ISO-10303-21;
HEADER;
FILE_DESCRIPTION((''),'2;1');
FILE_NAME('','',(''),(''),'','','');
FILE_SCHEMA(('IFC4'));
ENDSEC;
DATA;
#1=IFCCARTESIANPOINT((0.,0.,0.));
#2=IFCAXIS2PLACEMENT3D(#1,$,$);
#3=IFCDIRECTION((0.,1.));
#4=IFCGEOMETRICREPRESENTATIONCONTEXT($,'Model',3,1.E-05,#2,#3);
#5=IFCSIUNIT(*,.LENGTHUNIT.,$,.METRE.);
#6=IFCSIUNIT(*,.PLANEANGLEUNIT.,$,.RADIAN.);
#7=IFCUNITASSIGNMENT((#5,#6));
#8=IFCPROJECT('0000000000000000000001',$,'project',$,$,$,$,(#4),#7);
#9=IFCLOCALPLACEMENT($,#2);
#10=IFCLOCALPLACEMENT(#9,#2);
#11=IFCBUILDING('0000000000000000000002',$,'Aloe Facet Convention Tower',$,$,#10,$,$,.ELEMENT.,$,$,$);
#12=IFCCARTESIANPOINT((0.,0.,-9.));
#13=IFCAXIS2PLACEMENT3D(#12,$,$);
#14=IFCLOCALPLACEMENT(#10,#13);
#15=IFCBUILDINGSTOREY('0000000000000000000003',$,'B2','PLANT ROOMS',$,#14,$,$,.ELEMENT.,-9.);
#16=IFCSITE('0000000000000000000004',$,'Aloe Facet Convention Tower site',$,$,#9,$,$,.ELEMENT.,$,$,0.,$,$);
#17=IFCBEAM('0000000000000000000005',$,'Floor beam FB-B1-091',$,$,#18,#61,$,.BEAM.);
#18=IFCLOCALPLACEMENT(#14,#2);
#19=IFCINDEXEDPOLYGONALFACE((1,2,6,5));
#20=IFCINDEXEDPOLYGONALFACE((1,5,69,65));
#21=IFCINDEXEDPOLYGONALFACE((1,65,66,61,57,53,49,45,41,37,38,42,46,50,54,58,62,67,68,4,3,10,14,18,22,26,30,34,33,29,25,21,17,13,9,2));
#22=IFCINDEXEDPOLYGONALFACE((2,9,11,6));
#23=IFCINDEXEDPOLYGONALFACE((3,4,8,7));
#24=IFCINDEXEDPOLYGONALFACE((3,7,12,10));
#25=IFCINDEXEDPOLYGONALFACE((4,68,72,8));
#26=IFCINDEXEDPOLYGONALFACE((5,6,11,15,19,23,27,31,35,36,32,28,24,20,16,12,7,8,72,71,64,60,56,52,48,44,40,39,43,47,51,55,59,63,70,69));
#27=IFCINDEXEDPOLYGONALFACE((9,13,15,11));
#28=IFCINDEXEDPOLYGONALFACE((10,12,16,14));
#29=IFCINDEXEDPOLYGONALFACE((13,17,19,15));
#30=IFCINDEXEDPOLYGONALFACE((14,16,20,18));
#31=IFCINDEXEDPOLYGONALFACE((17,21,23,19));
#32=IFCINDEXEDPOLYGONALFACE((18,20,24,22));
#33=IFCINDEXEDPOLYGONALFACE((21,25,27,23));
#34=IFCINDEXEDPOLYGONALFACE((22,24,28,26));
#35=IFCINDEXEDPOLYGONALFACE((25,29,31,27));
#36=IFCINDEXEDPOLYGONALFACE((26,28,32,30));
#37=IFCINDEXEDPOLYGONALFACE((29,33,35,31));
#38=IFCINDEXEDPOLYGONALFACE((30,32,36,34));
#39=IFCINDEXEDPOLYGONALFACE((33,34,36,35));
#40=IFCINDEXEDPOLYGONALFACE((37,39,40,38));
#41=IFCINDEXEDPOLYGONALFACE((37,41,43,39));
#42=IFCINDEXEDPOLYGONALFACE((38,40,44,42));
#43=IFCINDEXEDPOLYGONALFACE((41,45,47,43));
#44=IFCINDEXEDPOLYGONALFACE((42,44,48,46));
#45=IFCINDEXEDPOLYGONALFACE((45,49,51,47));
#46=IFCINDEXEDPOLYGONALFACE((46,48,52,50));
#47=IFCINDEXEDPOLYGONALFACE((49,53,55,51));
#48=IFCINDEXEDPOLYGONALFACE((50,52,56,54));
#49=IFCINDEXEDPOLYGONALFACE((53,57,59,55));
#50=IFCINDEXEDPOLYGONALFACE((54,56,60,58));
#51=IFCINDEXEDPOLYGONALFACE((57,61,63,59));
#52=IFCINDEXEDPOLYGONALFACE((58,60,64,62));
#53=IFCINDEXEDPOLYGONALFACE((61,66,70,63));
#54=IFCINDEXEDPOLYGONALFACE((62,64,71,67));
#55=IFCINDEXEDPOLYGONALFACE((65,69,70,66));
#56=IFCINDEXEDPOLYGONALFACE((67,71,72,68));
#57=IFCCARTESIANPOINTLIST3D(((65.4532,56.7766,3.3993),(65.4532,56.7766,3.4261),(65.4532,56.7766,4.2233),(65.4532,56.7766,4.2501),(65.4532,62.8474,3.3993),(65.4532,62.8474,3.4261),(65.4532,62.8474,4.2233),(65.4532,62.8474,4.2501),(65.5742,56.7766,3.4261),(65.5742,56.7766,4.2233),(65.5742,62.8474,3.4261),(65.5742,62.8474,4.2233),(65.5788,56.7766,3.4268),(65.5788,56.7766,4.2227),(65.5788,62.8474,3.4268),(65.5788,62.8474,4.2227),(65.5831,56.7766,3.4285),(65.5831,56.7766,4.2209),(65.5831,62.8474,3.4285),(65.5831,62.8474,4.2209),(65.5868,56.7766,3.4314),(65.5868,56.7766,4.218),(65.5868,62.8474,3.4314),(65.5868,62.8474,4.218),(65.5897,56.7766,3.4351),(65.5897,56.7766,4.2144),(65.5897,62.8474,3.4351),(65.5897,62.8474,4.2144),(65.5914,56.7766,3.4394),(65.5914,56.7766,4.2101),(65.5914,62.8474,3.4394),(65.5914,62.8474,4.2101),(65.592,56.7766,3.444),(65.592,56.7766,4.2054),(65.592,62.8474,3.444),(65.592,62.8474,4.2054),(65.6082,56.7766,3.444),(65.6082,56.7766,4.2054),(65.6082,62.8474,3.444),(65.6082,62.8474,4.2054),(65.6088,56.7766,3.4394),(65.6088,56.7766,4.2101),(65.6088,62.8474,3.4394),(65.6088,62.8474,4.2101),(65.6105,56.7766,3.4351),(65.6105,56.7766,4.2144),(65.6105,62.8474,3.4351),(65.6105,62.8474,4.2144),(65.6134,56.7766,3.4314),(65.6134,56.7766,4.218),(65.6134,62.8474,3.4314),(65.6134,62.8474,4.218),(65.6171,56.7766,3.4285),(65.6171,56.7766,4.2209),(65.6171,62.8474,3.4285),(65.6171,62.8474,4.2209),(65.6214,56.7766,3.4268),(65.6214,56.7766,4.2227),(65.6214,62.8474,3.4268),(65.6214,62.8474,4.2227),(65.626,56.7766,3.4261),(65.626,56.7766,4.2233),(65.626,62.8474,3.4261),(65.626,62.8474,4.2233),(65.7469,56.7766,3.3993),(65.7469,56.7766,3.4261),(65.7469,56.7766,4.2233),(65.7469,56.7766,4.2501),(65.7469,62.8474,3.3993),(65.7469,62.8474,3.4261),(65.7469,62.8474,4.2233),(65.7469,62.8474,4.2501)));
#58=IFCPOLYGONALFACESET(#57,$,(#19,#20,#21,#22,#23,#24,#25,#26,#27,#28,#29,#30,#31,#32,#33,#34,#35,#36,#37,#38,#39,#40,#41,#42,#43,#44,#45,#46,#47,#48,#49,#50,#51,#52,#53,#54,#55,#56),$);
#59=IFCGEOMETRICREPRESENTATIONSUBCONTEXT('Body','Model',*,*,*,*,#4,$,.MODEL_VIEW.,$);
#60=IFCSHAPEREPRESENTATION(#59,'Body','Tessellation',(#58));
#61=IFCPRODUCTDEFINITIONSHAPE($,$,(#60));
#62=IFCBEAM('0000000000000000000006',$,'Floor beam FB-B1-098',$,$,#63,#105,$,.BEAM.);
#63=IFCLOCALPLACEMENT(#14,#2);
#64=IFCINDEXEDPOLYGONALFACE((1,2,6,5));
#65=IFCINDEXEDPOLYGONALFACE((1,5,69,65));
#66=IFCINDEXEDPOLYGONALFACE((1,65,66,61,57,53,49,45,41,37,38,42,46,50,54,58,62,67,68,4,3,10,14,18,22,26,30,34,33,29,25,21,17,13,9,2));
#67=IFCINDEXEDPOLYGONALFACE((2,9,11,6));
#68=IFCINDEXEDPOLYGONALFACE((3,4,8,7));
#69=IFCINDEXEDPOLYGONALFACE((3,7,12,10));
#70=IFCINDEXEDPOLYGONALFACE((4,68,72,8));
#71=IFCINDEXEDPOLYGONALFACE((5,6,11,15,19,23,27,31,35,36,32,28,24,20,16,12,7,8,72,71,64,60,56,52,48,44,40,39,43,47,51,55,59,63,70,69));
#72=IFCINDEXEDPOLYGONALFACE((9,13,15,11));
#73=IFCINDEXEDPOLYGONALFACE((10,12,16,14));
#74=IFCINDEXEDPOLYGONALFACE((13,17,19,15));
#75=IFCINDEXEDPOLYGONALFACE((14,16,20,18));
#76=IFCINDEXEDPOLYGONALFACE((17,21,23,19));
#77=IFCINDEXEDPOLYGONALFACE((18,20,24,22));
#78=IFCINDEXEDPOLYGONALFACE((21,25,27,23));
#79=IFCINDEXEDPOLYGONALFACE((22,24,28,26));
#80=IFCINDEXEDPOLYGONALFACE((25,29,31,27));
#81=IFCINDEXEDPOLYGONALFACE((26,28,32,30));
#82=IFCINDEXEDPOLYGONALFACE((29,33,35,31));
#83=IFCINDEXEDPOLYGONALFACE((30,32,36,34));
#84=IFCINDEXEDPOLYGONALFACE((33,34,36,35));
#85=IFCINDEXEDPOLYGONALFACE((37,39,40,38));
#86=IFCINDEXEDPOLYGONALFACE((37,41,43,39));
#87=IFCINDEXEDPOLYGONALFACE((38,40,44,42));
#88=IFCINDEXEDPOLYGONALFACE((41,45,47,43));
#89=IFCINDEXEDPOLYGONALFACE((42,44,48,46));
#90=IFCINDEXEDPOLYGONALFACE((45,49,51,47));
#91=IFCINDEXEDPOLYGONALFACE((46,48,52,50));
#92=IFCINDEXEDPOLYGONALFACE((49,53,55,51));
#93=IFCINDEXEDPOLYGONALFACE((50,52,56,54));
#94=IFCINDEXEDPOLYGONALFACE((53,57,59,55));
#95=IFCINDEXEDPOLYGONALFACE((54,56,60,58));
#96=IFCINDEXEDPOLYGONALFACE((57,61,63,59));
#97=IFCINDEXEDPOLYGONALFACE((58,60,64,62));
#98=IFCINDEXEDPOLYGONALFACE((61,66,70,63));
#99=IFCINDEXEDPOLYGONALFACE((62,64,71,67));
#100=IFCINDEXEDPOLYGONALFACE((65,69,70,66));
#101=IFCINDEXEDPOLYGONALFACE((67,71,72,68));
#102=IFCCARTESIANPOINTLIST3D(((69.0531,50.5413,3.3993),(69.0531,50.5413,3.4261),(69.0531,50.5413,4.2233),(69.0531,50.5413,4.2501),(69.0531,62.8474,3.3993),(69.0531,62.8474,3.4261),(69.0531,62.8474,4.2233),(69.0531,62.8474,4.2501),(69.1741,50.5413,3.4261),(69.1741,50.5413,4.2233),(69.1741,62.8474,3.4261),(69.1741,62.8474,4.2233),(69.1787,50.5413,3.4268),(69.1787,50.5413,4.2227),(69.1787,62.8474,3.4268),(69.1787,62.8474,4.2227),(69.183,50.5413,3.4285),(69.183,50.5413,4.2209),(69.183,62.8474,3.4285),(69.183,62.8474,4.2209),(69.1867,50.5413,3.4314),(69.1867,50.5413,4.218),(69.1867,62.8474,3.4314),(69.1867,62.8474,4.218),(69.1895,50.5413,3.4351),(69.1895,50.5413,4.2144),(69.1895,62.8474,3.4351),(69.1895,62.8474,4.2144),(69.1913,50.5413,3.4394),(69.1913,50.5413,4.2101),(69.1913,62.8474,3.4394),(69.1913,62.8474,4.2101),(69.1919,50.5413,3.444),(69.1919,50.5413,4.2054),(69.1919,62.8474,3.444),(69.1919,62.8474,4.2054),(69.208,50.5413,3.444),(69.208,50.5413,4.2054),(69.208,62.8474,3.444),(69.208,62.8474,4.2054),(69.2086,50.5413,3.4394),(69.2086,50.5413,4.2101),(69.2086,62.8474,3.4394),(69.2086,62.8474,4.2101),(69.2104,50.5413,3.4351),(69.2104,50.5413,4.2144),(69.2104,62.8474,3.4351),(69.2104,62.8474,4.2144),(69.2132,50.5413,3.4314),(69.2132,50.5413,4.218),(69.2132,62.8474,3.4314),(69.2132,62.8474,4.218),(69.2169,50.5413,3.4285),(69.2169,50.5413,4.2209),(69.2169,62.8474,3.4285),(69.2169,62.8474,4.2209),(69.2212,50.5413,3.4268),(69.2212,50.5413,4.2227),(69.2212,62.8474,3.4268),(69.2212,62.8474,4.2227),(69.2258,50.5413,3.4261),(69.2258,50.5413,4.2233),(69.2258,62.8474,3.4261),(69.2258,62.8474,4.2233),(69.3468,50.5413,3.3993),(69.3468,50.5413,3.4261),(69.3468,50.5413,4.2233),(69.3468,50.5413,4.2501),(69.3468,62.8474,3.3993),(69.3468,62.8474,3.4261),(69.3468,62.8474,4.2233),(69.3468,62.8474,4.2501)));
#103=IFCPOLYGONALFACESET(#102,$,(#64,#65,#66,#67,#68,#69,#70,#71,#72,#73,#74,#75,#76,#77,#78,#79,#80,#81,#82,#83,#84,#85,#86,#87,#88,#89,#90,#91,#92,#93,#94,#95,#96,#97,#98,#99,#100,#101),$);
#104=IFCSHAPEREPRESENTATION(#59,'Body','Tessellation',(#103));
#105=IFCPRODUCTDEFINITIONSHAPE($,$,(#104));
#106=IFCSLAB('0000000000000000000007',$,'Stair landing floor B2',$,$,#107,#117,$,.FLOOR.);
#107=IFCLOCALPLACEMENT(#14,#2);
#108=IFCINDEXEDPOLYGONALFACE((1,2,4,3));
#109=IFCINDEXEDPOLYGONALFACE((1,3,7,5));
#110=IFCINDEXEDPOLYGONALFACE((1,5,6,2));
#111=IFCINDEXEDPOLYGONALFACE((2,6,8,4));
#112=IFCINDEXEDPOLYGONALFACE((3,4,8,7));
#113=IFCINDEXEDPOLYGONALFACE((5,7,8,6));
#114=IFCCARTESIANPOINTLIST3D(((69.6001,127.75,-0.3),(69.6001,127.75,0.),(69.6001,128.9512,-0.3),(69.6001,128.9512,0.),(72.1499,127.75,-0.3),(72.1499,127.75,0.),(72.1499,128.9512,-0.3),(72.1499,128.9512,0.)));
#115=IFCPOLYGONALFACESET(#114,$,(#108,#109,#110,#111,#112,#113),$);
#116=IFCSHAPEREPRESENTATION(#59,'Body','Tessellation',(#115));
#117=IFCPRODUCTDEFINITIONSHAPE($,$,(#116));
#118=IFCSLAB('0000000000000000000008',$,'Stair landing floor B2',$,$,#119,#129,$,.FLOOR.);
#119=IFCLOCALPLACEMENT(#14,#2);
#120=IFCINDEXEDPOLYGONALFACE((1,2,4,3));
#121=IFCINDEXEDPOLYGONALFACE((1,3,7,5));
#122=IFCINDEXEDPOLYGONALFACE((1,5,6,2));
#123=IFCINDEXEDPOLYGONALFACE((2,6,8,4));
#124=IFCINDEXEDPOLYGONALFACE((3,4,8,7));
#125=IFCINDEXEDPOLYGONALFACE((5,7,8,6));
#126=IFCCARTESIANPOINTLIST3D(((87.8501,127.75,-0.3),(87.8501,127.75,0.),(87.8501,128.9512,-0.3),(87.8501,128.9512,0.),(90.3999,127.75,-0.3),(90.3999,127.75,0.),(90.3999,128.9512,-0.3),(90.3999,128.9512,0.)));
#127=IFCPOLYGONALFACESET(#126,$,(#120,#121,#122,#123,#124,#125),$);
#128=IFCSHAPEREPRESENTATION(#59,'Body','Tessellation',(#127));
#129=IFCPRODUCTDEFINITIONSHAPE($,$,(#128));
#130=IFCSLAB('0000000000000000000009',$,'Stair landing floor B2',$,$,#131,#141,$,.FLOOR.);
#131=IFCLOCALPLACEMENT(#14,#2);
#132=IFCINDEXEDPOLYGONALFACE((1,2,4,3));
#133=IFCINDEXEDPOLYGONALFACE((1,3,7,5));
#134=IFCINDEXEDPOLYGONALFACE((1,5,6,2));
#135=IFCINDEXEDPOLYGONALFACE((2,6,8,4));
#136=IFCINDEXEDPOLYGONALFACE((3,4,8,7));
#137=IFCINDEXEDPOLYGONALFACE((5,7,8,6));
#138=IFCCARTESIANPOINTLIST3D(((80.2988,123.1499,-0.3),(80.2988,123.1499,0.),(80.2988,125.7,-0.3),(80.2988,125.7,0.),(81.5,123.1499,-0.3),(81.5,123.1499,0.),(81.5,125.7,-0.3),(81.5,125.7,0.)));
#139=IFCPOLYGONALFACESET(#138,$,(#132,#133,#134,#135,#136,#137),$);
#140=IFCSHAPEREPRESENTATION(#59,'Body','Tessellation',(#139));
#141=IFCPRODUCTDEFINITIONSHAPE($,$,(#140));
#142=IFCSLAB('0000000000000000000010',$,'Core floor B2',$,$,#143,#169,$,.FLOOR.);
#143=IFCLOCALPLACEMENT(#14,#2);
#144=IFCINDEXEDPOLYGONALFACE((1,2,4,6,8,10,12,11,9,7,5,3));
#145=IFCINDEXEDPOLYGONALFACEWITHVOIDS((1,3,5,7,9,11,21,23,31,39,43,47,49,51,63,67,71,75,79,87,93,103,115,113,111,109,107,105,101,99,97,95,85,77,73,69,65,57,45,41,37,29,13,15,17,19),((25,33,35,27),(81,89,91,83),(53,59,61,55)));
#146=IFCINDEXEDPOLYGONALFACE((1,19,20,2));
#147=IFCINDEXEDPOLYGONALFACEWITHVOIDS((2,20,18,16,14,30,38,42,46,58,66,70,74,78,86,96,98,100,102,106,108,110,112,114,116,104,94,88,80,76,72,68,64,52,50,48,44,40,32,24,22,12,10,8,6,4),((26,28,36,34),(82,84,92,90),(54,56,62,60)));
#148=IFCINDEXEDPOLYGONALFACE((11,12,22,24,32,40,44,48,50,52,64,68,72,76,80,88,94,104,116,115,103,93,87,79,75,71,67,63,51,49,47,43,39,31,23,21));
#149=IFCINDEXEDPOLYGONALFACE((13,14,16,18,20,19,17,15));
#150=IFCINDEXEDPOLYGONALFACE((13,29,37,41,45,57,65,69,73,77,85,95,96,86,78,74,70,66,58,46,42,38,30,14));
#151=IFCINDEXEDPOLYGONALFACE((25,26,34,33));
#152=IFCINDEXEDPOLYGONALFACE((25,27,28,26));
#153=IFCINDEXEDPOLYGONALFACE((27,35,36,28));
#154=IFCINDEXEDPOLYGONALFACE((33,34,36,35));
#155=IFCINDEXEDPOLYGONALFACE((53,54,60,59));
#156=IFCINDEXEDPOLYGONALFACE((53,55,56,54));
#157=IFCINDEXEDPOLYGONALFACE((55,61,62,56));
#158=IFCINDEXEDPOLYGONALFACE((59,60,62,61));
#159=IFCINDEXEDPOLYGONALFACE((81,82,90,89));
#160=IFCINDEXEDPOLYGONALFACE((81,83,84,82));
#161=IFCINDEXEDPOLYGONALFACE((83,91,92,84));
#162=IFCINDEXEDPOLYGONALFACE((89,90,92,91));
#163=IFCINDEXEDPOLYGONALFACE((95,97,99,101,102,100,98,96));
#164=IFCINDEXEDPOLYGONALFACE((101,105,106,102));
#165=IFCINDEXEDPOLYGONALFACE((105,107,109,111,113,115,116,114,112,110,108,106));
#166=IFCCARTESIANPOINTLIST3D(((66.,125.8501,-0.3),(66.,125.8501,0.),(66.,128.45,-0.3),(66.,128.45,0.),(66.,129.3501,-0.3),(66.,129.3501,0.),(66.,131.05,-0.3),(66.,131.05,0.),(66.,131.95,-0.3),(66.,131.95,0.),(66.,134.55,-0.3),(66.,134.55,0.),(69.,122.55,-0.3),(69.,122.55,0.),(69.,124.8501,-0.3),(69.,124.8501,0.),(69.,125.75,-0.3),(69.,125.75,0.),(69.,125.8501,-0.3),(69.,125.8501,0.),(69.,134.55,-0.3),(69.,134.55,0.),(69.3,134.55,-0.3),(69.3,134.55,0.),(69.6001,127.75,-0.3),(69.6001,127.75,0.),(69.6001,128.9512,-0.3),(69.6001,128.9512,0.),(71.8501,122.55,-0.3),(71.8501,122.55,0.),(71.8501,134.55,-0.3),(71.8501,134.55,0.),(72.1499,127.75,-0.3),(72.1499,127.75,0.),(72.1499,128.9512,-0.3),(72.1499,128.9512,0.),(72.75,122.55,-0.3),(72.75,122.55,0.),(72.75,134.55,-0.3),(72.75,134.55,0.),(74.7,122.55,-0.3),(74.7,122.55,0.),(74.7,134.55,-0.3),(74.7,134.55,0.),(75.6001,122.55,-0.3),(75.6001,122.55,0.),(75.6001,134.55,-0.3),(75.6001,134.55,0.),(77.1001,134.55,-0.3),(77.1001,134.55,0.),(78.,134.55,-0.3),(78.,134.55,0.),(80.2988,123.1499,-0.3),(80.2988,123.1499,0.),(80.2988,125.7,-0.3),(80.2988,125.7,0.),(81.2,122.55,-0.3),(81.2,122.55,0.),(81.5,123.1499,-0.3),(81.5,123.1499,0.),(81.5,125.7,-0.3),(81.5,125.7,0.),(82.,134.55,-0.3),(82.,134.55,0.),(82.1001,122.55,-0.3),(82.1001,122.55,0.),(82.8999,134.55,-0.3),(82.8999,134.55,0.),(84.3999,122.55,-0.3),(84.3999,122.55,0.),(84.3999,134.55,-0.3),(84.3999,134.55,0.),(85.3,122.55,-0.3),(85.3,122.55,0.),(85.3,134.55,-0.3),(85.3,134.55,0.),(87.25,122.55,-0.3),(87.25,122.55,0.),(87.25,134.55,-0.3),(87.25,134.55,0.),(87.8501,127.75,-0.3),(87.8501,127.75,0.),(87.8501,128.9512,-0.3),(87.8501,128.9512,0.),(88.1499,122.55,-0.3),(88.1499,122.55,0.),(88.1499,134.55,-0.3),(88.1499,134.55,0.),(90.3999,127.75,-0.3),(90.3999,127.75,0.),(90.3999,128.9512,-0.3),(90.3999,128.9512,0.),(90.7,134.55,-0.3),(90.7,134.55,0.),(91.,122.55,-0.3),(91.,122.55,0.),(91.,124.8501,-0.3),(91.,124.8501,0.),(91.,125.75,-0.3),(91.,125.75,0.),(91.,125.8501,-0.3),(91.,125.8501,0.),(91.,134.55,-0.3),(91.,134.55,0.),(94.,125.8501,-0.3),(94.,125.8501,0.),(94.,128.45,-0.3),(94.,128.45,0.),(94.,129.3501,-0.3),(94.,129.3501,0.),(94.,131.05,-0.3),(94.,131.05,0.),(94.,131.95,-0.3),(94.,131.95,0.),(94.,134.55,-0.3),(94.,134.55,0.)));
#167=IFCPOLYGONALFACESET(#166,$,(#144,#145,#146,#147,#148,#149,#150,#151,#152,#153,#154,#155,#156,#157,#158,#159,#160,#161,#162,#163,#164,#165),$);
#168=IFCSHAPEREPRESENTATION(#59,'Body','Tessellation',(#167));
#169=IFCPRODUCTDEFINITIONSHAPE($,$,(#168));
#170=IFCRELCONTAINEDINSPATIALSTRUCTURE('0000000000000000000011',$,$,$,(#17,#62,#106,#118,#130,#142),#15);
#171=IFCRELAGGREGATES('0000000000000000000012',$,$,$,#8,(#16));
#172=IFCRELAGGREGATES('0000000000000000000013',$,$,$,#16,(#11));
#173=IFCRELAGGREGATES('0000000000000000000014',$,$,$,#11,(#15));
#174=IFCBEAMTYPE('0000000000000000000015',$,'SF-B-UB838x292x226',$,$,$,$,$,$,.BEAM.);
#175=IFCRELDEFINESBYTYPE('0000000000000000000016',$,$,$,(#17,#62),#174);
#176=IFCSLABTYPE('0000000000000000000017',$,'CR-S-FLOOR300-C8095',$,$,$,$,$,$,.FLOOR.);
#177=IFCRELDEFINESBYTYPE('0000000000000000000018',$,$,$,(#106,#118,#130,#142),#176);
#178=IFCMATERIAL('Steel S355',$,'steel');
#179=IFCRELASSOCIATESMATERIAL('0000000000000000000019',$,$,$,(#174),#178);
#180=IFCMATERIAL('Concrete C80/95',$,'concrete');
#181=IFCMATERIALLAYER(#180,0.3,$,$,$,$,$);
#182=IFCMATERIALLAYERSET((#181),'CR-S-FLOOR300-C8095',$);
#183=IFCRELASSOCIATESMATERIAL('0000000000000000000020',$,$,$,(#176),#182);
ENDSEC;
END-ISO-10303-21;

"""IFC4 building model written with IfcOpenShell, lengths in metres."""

from ifc_helpers import new_model, si_unit, direction, frame, origin, origin_2d, place, context, subcontext, project, spatial, polyline, i_section, outline, extrude, material, layer, layer_set, material_profile, profile_set, type_object, element, save


model = new_model("IFC4")

# Units and contexts
model_context = context("Model", 3, precision=1e-05, world=origin(), true_north=direction((0.0, 1.0)))
body_context = subcontext(model_context, "Body", "Model", "MODEL_VIEW")
ifc_project = project(units=[si_unit("LENGTHUNIT", "METRE"), si_unit("PLANEANGLEUNIT", "RADIAN")], contexts=[model_context])

# Site, building, storey
site_placement = place(None, origin())
site = spatial("IfcSite", under=ifc_project, at=site_placement, Name="Aloe Facet Convention Tower site", CompositionType="ELEMENT", RefElevation=0.0)
building_placement = place(site_placement, origin())
building = spatial("IfcBuilding", under=site, at=building_placement, Name="Aloe Facet Convention Tower", CompositionType="ELEMENT")
storey_placement = place(building_placement, frame((0.0, 0.0, -9.0)))
storey = spatial("IfcBuildingStorey", under=building, at=storey_placement, Name="B2", Description="PLANT ROOMS", CompositionType="ELEMENT", Elevation=-9.0)

# Beams
ifc_material_1 = material(Name="Steel S355", Category="steel")
ifc_material_profile_1 = material_profile(ifc_material_1, i_section(OverallWidth=0.2937, OverallDepth=0.8508, WebThickness=0.0161, FlangeThickness=0.0269, FilletRadius=0.0178, at=origin_2d()), Name="UB 838x292x226")
ifc_profile_set_1 = profile_set([ifc_material_profile_1], Name="Steel S355")
beam_type_1 = type_object("IfcBeamType", Name="SF-B-UB838x292x226", PredefinedType="BEAM", material=ifc_profile_set_1)
beam_1_placement = place(storey_placement, frame((65.6001, 56.7766, 3.8247), z_axis=(0.0, 1.0, 0.0), x_axis=(-1.0, 0.0, 0.0)))
element("IfcBeam", 1, at=beam_1_placement, inside=storey, type_object=beam_type_1, Name="Floor beam FB-B1-091", PredefinedType="BEAM", context=body_context, shape_type="SweptSolid", body=[
    extrude(i_section(OverallWidth=0.2937, OverallDepth=0.8508, WebThickness=0.0161, FlangeThickness=0.0269, FilletRadius=0.0178, at=origin_2d()), origin(), (0.0, 0.0, 1.0), 6.0708),
])
beam_2_placement = place(storey_placement, frame((69.2, 50.5413, 3.8247), z_axis=(0.0, 1.0, 0.0), x_axis=(-1.0, 0.0, 0.0)))
element("IfcBeam", 2, at=beam_2_placement, inside=storey, type_object=beam_type_1, Name="Floor beam FB-B1-098", PredefinedType="BEAM", context=body_context, shape_type="SweptSolid", body=[
    extrude(i_section(OverallWidth=0.2937, OverallDepth=0.8508, WebThickness=0.0161, FlangeThickness=0.0269, FilletRadius=0.0178, at=origin_2d()), origin(), (0.0, 0.0, 1.0), 12.3062),
])

# Slabs
ifc_material_2 = material(Name="Concrete C80/95", Category="concrete")
ifc_layer_1 = layer(ifc_material_2, 0.3)
ifc_layer_set_1 = layer_set([ifc_layer_1], Name="CR-S-FLOOR300-C8095")
slab_type_1 = type_object("IfcSlabType", Name="CR-S-FLOOR300-C8095", PredefinedType="FLOOR", material=ifc_layer_set_1)
slab_1_placement = place(storey_placement, frame((0.0, 0.0, -0.3)))
element("IfcSlab", 3, at=slab_1_placement, inside=storey, type_object=slab_type_1, Name="Stair landing floor B2", PredefinedType="FLOOR", context=body_context, shape_type="SweptSolid", body=[
    extrude(outline(polyline([(72.1499, 127.75), (72.1499, 128.9512), (69.6001, 128.9512), (69.6001, 127.75), (72.1499, 127.75)])), origin(), (0.0, 0.0, 1.0), 0.3),
])
slab_2_placement = place(storey_placement, frame((0.0, 0.0, -0.3)))
element("IfcSlab", 4, at=slab_2_placement, inside=storey, type_object=slab_type_1, Name="Stair landing floor B2", PredefinedType="FLOOR", context=body_context, shape_type="SweptSolid", body=[
    extrude(outline(polyline([(90.3999, 127.75), (90.3999, 128.9512), (87.8501, 128.9512), (87.8501, 127.75), (90.3999, 127.75)])), origin(), (0.0, 0.0, 1.0), 0.3),
])
slab_3_placement = place(storey_placement, frame((0.0, 0.0, -0.3)))
element("IfcSlab", 5, at=slab_3_placement, inside=storey, type_object=slab_type_1, Name="Stair landing floor B2", PredefinedType="FLOOR", context=body_context, shape_type="SweptSolid", body=[
    extrude(outline(polyline([(81.5, 125.7), (80.2988, 125.7), (80.2988, 123.1499), (81.5, 123.1499), (81.5, 125.7)])), origin(), (0.0, 0.0, 1.0), 0.3),
])
slab_4_placement = place(storey_placement, frame((0.0, 0.0, -0.3)))
element("IfcSlab", 6, at=slab_4_placement, inside=storey, type_object=slab_type_1, Name="Core floor B2", PredefinedType="FLOOR", context=body_context, shape_type="SweptSolid", body=[
    extrude(outline(polyline([(69.0, 134.55), (69.3, 134.55), (71.8501, 134.55), (72.75, 134.55), (74.7, 134.55), (75.6001, 134.55), (77.1001, 134.55), (78.0, 134.55), (82.0, 134.55), (82.8999, 134.55), (84.3999, 134.55), (85.3, 134.55), (87.25, 134.55), (88.1499, 134.55), (90.7, 134.55), (91.0, 134.55), (94.0, 134.55), (94.0, 131.95), (94.0, 131.05), (94.0, 129.3501), (94.0, 128.45), (94.0, 125.8501), (91.0, 125.8501), (91.0, 125.75), (91.0, 124.8501), (91.0, 122.55), (88.1499, 122.55), (87.25, 122.55), (85.3, 122.55), (84.3999, 122.55), (82.1001, 122.55), (81.2, 122.55), (75.6001, 122.55), (74.7, 122.55), (72.75, 122.55), (71.8501, 122.55), (69.0, 122.55), (69.0, 124.8501), (69.0, 125.75), (69.0, 125.8501), (66.0, 125.8501), (66.0, 128.45), (66.0, 129.3501), (66.0, 131.05), (66.0, 131.95), (66.0, 134.55), (69.0, 134.55)]), holes=[polyline([(81.5, 125.7), (80.2988, 125.7), (80.2988, 123.1499), (81.5, 123.1499), (81.5, 125.7)]), polyline([(69.6001, 127.75), (72.1499, 127.75), (72.1499, 128.9512), (69.6001, 128.9512), (69.6001, 127.75)]), polyline([(87.8501, 127.75), (90.3999, 127.75), (90.3999, 128.9512), (87.8501, 128.9512), (87.8501, 127.75)])]), origin(), (0.0, 0.0, 1.0), 0.3),
])

save(model, "model.ifc")
